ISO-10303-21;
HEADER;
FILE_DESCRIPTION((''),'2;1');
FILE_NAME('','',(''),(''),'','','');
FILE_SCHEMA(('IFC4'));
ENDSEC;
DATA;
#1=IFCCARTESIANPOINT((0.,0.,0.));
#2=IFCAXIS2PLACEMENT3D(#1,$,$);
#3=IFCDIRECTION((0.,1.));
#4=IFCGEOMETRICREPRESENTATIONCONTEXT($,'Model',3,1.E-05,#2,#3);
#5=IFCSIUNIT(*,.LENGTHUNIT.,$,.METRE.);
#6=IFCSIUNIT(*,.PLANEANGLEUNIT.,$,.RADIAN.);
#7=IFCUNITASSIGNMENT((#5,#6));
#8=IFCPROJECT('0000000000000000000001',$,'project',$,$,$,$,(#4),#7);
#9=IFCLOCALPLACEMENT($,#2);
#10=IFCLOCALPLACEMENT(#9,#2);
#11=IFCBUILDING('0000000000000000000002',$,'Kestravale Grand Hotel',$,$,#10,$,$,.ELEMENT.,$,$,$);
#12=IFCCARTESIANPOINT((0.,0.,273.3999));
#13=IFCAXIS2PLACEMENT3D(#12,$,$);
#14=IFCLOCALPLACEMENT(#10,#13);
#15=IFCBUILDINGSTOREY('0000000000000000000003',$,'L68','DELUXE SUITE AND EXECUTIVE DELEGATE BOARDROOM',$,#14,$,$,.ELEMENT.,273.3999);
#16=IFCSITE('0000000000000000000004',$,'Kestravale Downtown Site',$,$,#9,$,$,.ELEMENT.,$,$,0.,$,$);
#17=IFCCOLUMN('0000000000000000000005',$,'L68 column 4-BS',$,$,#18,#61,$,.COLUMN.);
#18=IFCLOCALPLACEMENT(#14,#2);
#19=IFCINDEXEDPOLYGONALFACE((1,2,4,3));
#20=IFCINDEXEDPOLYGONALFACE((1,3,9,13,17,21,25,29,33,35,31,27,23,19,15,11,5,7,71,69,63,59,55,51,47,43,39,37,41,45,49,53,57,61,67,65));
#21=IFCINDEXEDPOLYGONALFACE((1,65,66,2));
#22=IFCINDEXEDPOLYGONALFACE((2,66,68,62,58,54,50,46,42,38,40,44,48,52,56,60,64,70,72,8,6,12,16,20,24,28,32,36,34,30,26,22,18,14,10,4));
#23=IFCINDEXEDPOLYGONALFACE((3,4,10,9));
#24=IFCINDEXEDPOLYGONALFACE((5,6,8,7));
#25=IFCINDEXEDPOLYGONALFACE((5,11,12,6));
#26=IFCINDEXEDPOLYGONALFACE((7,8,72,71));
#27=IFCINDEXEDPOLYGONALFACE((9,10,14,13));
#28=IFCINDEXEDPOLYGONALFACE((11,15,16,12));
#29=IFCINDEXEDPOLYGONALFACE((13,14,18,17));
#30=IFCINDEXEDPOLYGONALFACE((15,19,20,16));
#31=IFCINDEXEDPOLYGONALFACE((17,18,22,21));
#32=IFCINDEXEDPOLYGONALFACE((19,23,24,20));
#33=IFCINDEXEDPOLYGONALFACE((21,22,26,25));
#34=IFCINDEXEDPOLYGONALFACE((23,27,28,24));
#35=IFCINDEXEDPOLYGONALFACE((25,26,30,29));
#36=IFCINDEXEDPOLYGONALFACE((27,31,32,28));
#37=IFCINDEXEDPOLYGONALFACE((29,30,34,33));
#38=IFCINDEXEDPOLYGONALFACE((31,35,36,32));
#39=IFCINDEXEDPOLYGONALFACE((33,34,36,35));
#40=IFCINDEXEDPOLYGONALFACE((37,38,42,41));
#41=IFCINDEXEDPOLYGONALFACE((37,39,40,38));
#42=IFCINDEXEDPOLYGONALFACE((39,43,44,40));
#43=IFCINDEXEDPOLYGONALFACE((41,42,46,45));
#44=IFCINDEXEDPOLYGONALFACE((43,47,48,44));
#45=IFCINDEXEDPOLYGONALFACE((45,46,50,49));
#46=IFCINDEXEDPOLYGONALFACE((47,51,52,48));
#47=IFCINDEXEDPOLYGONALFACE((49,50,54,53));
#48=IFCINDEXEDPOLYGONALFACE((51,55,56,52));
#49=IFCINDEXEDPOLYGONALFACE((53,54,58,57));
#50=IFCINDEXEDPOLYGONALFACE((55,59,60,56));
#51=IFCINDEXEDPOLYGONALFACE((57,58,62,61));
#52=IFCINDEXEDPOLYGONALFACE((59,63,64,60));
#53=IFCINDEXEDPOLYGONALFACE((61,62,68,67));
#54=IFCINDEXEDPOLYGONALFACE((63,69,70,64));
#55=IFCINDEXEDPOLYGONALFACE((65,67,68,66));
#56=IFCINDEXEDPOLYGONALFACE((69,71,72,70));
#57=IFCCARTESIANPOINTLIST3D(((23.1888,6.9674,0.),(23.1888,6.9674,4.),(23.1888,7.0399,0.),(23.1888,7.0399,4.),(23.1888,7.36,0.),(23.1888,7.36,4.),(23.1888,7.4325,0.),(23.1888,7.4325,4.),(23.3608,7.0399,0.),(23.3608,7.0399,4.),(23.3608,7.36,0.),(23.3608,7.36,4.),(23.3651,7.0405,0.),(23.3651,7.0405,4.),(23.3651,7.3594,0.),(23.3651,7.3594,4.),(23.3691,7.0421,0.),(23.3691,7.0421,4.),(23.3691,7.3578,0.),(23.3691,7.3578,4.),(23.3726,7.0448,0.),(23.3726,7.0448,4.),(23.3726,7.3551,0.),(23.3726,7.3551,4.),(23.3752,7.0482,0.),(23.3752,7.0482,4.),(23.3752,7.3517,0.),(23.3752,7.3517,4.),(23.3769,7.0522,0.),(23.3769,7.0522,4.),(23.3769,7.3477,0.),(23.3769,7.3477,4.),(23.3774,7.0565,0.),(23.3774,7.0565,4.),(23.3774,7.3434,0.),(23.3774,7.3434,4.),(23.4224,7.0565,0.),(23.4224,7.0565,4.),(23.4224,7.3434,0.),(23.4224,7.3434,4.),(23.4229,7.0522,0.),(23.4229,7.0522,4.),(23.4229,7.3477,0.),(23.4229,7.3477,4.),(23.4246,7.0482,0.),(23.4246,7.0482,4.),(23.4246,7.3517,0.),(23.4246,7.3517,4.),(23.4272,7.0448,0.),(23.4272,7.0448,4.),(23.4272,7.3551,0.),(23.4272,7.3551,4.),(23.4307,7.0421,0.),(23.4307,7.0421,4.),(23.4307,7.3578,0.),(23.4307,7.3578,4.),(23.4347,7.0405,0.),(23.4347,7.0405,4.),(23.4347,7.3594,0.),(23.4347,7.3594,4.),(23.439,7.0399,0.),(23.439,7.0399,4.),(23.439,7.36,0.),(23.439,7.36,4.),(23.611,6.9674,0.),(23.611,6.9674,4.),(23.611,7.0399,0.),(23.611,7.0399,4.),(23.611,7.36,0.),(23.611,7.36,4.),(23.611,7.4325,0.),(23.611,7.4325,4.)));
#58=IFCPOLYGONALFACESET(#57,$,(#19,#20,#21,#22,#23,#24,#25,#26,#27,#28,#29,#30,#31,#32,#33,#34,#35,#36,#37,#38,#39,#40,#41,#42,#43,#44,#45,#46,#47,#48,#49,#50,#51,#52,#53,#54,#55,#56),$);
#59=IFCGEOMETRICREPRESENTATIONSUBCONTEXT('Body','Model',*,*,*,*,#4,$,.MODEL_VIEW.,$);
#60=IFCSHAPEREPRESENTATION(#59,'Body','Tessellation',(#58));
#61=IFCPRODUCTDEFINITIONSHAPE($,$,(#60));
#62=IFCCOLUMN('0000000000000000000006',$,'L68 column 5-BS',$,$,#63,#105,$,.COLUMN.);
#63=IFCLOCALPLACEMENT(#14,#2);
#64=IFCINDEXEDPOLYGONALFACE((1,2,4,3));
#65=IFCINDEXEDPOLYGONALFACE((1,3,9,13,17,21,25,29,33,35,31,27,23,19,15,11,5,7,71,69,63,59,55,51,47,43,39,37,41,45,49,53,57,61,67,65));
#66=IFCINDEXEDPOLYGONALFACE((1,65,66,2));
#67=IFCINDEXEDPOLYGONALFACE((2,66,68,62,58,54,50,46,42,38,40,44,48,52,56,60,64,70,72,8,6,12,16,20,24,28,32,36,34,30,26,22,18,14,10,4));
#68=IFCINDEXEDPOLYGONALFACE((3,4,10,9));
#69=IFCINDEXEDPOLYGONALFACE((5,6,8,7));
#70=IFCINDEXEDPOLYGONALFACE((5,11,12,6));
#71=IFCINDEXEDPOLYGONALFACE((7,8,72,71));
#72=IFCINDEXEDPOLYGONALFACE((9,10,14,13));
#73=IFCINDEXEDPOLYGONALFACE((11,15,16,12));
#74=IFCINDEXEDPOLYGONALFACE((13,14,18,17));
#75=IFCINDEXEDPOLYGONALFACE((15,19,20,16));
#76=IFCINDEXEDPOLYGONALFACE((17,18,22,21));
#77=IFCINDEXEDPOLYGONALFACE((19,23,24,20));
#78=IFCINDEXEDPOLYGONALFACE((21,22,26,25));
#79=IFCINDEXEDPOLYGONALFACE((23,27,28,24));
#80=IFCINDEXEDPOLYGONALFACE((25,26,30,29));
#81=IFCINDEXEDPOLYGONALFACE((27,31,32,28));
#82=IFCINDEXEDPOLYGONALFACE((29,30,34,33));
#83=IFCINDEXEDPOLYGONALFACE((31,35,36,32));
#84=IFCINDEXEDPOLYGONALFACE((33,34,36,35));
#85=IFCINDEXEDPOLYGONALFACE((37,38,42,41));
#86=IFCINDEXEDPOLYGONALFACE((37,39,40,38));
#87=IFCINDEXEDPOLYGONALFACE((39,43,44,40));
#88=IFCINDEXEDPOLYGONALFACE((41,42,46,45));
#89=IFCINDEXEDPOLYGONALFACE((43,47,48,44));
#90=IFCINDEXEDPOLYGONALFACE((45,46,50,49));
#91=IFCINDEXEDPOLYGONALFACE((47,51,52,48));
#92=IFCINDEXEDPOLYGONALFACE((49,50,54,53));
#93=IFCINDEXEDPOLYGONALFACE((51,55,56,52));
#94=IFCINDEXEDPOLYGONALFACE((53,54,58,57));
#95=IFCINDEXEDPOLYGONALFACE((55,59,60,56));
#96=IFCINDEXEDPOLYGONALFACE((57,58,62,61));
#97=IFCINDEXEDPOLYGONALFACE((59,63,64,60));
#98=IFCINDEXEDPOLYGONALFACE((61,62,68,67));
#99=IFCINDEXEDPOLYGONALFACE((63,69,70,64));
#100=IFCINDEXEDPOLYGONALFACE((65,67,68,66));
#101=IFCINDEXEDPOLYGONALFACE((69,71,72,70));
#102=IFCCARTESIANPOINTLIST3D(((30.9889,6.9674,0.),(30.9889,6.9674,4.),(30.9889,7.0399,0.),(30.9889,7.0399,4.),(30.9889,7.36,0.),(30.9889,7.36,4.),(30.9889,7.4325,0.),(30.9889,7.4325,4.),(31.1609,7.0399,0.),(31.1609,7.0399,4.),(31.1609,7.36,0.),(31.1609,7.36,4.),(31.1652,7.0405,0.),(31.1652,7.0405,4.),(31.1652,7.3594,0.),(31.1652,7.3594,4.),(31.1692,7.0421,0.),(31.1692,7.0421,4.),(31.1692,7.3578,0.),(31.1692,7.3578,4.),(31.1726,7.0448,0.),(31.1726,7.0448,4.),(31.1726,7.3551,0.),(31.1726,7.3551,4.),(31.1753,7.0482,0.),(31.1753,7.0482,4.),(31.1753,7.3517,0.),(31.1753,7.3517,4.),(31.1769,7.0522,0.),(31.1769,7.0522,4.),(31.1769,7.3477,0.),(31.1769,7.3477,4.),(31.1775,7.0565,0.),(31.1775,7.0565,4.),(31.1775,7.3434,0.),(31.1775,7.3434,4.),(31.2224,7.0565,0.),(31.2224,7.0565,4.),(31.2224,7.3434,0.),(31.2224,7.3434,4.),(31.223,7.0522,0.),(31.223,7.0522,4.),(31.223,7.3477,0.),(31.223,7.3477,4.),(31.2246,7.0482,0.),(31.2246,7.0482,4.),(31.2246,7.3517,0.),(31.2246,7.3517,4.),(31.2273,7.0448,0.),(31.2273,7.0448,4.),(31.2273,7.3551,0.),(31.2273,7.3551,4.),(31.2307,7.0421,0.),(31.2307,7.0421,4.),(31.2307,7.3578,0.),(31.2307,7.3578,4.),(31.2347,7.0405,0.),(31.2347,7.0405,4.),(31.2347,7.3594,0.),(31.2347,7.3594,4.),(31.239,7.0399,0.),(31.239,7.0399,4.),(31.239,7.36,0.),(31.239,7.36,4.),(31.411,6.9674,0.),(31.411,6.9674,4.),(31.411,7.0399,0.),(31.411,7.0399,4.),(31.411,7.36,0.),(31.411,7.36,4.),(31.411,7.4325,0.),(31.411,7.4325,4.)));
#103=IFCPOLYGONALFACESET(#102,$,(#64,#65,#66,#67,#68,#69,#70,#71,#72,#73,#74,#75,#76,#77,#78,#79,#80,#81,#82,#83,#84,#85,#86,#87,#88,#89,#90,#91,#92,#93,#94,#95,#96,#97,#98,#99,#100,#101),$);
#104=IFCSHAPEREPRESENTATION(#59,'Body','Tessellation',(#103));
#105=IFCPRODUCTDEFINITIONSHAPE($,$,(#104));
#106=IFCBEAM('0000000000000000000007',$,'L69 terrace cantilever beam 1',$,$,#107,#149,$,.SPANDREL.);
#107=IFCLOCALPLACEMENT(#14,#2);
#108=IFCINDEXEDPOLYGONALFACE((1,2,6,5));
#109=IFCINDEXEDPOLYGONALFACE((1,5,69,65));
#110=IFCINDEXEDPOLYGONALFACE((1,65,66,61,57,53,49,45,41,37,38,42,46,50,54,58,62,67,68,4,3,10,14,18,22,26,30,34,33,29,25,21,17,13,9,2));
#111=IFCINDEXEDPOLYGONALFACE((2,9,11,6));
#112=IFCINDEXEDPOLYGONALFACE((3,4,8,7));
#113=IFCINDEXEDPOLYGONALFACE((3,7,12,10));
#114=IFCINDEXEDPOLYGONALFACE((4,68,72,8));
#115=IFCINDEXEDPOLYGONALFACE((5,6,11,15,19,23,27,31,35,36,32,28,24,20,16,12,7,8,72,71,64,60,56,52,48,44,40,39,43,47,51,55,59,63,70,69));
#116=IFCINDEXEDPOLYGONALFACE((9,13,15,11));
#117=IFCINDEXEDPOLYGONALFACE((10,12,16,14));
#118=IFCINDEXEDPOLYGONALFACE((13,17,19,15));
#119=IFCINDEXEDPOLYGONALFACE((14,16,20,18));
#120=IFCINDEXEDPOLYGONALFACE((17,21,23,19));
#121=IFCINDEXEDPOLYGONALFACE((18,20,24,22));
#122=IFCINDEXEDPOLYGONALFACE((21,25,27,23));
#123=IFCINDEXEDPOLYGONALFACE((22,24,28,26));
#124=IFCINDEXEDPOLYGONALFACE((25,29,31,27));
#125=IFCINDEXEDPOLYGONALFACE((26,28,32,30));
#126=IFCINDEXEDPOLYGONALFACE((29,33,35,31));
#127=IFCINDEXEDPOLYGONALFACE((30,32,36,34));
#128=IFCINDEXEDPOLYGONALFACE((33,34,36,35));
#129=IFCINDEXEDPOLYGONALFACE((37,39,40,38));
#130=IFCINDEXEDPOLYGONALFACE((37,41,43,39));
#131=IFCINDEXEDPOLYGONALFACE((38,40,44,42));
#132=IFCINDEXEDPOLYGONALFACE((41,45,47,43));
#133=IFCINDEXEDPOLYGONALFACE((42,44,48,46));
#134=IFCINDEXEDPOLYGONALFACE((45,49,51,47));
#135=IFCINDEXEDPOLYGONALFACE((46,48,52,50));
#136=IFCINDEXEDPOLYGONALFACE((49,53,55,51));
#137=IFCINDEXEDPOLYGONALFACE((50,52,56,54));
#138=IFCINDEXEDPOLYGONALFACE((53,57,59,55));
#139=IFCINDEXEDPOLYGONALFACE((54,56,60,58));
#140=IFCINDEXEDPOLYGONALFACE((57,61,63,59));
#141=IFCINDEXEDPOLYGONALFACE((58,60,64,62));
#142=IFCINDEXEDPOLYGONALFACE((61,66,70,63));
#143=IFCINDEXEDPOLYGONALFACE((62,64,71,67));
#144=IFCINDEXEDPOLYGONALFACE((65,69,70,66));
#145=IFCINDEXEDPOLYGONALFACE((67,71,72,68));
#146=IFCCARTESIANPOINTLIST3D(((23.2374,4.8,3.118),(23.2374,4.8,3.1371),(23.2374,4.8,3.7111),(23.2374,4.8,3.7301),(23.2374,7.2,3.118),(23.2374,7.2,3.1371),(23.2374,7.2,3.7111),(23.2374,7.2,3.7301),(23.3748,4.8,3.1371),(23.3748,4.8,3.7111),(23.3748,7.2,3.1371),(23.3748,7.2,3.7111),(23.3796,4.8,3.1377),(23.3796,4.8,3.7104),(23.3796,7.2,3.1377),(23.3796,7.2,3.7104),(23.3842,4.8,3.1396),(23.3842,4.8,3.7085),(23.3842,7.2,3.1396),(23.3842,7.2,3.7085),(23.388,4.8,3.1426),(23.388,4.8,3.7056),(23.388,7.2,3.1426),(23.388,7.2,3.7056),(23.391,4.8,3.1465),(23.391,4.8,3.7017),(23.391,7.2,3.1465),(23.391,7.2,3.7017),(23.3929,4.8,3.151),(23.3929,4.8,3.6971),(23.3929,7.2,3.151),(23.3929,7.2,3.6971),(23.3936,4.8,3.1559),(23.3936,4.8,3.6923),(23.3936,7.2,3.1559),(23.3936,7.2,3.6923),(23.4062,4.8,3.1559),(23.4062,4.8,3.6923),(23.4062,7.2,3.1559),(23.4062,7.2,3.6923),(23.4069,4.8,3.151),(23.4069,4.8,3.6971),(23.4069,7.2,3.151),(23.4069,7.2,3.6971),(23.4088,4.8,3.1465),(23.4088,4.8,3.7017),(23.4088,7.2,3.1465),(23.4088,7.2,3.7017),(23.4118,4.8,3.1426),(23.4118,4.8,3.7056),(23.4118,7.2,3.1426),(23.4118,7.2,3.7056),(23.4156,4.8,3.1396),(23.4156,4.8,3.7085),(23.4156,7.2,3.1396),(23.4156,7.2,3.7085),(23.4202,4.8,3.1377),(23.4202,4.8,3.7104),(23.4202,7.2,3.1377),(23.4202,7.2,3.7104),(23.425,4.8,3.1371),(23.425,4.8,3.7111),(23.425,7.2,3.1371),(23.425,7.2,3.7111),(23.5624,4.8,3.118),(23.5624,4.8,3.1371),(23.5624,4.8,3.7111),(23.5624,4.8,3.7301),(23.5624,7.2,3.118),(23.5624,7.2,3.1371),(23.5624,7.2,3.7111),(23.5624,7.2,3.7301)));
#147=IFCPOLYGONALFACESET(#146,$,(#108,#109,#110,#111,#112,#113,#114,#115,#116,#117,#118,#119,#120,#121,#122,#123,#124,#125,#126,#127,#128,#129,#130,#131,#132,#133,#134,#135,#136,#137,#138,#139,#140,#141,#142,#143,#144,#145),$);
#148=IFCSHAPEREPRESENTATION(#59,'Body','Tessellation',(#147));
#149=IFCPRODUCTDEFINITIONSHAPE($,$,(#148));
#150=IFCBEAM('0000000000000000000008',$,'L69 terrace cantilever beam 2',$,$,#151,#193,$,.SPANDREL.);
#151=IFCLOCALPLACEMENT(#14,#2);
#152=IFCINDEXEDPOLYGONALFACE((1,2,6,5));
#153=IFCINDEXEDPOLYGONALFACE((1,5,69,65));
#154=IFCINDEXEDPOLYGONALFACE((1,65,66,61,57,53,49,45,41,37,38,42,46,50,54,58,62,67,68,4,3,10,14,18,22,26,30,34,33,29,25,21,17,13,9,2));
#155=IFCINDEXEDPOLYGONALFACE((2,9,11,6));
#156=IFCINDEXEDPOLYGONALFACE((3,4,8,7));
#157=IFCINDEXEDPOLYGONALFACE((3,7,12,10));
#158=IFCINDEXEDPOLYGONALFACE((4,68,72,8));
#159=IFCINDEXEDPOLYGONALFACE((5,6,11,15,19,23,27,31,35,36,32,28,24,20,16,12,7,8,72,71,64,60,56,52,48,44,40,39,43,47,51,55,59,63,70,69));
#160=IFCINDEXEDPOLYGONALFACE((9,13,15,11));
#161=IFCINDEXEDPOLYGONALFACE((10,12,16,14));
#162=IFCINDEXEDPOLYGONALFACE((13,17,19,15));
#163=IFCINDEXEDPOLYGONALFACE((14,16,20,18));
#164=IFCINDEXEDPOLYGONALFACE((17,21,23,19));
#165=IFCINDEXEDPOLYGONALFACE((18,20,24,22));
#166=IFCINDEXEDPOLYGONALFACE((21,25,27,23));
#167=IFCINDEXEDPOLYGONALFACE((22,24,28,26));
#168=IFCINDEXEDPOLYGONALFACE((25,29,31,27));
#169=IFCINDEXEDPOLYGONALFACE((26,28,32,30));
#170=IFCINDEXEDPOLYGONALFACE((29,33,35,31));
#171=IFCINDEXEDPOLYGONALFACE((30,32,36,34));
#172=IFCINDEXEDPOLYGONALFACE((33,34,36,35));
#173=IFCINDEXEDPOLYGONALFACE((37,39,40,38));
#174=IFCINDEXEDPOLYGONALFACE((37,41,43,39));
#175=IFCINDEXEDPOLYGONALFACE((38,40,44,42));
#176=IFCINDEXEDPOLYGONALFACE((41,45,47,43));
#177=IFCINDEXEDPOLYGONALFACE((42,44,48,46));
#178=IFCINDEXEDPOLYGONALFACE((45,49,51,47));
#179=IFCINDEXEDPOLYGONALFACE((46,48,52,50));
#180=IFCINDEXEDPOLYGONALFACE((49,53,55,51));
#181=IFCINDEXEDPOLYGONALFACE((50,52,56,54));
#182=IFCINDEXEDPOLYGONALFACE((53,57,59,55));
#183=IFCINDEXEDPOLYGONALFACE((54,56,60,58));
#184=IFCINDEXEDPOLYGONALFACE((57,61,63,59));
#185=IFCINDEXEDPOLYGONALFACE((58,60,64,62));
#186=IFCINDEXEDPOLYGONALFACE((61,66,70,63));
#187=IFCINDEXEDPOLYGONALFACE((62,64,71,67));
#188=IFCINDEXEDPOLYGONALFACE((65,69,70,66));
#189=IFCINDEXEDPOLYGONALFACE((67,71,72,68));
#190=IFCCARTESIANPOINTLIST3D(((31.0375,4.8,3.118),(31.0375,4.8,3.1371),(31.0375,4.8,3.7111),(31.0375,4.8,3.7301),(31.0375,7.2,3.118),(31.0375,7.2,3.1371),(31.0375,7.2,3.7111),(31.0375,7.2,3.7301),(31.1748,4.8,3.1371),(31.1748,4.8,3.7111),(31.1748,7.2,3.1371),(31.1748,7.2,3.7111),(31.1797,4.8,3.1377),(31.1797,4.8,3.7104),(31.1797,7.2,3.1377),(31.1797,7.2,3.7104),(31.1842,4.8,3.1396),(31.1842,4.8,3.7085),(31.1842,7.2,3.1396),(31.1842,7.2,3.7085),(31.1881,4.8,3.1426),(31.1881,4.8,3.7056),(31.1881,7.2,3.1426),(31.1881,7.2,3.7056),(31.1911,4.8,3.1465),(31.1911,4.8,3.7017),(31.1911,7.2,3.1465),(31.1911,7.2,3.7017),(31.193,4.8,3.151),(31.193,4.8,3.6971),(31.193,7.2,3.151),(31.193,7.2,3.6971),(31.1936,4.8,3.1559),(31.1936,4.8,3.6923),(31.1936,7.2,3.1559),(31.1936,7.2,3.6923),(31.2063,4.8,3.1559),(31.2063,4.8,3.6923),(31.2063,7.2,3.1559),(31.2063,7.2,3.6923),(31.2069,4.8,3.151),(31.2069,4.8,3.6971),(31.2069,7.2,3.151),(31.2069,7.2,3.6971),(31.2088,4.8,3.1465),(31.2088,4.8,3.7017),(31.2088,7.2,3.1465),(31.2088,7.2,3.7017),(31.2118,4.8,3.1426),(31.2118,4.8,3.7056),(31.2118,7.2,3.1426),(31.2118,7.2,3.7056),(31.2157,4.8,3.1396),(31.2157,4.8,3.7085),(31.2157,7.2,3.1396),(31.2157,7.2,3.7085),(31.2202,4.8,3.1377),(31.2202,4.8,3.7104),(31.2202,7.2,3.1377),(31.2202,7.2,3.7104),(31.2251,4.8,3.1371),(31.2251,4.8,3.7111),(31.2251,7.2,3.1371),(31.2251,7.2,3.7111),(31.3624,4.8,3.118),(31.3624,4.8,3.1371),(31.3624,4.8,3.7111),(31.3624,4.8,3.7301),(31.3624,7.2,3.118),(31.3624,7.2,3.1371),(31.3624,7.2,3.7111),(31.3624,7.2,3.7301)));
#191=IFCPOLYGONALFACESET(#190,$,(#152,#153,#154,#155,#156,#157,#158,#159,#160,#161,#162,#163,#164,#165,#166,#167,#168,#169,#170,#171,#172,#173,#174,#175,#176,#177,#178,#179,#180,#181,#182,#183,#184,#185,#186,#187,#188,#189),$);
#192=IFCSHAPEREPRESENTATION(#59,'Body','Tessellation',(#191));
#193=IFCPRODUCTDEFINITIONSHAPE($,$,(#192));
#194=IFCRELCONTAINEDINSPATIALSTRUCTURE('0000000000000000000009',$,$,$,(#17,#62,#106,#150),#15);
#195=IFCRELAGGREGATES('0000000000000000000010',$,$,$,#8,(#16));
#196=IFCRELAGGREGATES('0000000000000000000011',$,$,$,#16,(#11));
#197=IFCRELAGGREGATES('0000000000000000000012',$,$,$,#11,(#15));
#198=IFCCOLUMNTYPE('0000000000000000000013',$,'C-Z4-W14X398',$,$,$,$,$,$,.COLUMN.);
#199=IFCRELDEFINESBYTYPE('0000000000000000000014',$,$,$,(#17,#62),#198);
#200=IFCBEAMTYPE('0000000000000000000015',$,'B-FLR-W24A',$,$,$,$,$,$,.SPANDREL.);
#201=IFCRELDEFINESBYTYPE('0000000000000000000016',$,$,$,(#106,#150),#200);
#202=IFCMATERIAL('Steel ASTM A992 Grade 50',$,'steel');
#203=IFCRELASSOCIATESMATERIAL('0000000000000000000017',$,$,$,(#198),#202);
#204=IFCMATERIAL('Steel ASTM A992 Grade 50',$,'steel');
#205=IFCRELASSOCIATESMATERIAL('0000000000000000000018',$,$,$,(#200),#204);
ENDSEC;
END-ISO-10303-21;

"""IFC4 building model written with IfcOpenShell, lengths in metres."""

from ifc_helpers import new_model, si_unit, direction, frame, origin, origin_2d, place, context, subcontext, project, spatial, i_section, extrude, material, material_profile, profile_set, type_object, element, save


model = new_model("IFC4")

# Units and contexts
model_context = context("Model", 3, precision=1e-05, world=origin(), true_north=direction((0.0, 1.0)))
body_context = subcontext(model_context, "Body", "Model", "MODEL_VIEW")
ifc_project = project(units=[si_unit("LENGTHUNIT", "METRE"), si_unit("PLANEANGLEUNIT", "RADIAN")], contexts=[model_context])

# Site, building, storey
site_placement = place(None, origin())
site = spatial("IfcSite", under=ifc_project, at=site_placement, Name="Kestravale Downtown Site", CompositionType="ELEMENT", RefElevation=0.0)
building_placement = place(site_placement, origin())
building = spatial("IfcBuilding", under=site, at=building_placement, Name="Kestravale Grand Hotel", CompositionType="ELEMENT")
storey_placement = place(building_placement, frame((0.0, 0.0, 273.3999)))
storey = spatial("IfcBuildingStorey", under=building, at=storey_placement, Name="L68", Description="DELUXE SUITE AND EXECUTIVE DELEGATE BOARDROOM", CompositionType="ELEMENT", Elevation=273.3999)

# Columns
ifc_material_1 = material(Name="Steel ASTM A992 Grade 50", Category="steel")
ifc_material_profile_1 = material_profile(ifc_material_1, i_section(OverallWidth=0.4221, OverallDepth=0.4651, WebThickness=0.0449, FlangeThickness=0.0725, FilletRadius=0.0166, at=origin_2d()))
ifc_profile_set_1 = profile_set([ifc_material_profile_1], Name="Steel ASTM A992 Grade 50")
column_type = type_object("IfcColumnType", Name="C-Z4-W14X398", PredefinedType="COLUMN", material=ifc_profile_set_1)
for number, where, z_axis, x_axis, name in (
    (1, (23.3999, 7.2, 0.0), (0.0, 0.0, 1.0), (1.0, 0.0, 0.0), "L68 column 4-BS"),
    (2, (31.2, 7.2, 0.0), (0.0, 0.0, 1.0), (1.0, 0.0, 0.0), "L68 column 5-BS"),
):
    element("IfcColumn", number, at=place(storey_placement, frame(where, z_axis=z_axis, x_axis=x_axis)), inside=storey, type_object=column_type, Name=name, PredefinedType="COLUMN", context=body_context, shape_type="SweptSolid", body=[
        extrude(i_section(OverallWidth=0.4221, OverallDepth=0.4651, WebThickness=0.0449, FlangeThickness=0.0725, FilletRadius=0.0166, at=origin_2d()), origin(), (0.0, 0.0, 1.0), 4.0),
    ])

# Beams
ifc_material_2 = material(Name="Steel ASTM A992 Grade 50", Category="steel")
ifc_material_profile_2 = material_profile(ifc_material_2, i_section(OverallWidth=0.325, OverallDepth=0.6121, WebThickness=0.0127, FlangeThickness=0.019, FilletRadius=0.0188, at=origin_2d()))
ifc_profile_set_2 = profile_set([ifc_material_profile_2], Name="Steel ASTM A992 Grade 50")
beam_type_1 = type_object("IfcBeamType", Name="B-FLR-W24A", PredefinedType="SPANDREL", material=ifc_profile_set_2)
for number, where, z_axis, x_axis, name in (
    (3, (23.3999, 7.2, 3.4241), (0.0, -1.0, 0.0), (1.0, 0.0, 0.0), "L69 terrace cantilever beam 1"),
    (4, (31.2, 7.2, 3.4241), (0.0, -1.0, 0.0), (1.0, 0.0, 0.0), "L69 terrace cantilever beam 2"),
):
    element("IfcBeam", number, at=place(storey_placement, frame(where, z_axis=z_axis, x_axis=x_axis)), inside=storey, type_object=beam_type_1, Name=name, PredefinedType="SPANDREL", context=body_context, shape_type="SweptSolid", body=[
        extrude(i_section(OverallWidth=0.325, OverallDepth=0.6121, WebThickness=0.0127, FlangeThickness=0.019, FilletRadius=0.0188, at=origin_2d()), origin(), (0.0, 0.0, 1.0), 2.3999),
    ])

save(model, "model.ifc")
